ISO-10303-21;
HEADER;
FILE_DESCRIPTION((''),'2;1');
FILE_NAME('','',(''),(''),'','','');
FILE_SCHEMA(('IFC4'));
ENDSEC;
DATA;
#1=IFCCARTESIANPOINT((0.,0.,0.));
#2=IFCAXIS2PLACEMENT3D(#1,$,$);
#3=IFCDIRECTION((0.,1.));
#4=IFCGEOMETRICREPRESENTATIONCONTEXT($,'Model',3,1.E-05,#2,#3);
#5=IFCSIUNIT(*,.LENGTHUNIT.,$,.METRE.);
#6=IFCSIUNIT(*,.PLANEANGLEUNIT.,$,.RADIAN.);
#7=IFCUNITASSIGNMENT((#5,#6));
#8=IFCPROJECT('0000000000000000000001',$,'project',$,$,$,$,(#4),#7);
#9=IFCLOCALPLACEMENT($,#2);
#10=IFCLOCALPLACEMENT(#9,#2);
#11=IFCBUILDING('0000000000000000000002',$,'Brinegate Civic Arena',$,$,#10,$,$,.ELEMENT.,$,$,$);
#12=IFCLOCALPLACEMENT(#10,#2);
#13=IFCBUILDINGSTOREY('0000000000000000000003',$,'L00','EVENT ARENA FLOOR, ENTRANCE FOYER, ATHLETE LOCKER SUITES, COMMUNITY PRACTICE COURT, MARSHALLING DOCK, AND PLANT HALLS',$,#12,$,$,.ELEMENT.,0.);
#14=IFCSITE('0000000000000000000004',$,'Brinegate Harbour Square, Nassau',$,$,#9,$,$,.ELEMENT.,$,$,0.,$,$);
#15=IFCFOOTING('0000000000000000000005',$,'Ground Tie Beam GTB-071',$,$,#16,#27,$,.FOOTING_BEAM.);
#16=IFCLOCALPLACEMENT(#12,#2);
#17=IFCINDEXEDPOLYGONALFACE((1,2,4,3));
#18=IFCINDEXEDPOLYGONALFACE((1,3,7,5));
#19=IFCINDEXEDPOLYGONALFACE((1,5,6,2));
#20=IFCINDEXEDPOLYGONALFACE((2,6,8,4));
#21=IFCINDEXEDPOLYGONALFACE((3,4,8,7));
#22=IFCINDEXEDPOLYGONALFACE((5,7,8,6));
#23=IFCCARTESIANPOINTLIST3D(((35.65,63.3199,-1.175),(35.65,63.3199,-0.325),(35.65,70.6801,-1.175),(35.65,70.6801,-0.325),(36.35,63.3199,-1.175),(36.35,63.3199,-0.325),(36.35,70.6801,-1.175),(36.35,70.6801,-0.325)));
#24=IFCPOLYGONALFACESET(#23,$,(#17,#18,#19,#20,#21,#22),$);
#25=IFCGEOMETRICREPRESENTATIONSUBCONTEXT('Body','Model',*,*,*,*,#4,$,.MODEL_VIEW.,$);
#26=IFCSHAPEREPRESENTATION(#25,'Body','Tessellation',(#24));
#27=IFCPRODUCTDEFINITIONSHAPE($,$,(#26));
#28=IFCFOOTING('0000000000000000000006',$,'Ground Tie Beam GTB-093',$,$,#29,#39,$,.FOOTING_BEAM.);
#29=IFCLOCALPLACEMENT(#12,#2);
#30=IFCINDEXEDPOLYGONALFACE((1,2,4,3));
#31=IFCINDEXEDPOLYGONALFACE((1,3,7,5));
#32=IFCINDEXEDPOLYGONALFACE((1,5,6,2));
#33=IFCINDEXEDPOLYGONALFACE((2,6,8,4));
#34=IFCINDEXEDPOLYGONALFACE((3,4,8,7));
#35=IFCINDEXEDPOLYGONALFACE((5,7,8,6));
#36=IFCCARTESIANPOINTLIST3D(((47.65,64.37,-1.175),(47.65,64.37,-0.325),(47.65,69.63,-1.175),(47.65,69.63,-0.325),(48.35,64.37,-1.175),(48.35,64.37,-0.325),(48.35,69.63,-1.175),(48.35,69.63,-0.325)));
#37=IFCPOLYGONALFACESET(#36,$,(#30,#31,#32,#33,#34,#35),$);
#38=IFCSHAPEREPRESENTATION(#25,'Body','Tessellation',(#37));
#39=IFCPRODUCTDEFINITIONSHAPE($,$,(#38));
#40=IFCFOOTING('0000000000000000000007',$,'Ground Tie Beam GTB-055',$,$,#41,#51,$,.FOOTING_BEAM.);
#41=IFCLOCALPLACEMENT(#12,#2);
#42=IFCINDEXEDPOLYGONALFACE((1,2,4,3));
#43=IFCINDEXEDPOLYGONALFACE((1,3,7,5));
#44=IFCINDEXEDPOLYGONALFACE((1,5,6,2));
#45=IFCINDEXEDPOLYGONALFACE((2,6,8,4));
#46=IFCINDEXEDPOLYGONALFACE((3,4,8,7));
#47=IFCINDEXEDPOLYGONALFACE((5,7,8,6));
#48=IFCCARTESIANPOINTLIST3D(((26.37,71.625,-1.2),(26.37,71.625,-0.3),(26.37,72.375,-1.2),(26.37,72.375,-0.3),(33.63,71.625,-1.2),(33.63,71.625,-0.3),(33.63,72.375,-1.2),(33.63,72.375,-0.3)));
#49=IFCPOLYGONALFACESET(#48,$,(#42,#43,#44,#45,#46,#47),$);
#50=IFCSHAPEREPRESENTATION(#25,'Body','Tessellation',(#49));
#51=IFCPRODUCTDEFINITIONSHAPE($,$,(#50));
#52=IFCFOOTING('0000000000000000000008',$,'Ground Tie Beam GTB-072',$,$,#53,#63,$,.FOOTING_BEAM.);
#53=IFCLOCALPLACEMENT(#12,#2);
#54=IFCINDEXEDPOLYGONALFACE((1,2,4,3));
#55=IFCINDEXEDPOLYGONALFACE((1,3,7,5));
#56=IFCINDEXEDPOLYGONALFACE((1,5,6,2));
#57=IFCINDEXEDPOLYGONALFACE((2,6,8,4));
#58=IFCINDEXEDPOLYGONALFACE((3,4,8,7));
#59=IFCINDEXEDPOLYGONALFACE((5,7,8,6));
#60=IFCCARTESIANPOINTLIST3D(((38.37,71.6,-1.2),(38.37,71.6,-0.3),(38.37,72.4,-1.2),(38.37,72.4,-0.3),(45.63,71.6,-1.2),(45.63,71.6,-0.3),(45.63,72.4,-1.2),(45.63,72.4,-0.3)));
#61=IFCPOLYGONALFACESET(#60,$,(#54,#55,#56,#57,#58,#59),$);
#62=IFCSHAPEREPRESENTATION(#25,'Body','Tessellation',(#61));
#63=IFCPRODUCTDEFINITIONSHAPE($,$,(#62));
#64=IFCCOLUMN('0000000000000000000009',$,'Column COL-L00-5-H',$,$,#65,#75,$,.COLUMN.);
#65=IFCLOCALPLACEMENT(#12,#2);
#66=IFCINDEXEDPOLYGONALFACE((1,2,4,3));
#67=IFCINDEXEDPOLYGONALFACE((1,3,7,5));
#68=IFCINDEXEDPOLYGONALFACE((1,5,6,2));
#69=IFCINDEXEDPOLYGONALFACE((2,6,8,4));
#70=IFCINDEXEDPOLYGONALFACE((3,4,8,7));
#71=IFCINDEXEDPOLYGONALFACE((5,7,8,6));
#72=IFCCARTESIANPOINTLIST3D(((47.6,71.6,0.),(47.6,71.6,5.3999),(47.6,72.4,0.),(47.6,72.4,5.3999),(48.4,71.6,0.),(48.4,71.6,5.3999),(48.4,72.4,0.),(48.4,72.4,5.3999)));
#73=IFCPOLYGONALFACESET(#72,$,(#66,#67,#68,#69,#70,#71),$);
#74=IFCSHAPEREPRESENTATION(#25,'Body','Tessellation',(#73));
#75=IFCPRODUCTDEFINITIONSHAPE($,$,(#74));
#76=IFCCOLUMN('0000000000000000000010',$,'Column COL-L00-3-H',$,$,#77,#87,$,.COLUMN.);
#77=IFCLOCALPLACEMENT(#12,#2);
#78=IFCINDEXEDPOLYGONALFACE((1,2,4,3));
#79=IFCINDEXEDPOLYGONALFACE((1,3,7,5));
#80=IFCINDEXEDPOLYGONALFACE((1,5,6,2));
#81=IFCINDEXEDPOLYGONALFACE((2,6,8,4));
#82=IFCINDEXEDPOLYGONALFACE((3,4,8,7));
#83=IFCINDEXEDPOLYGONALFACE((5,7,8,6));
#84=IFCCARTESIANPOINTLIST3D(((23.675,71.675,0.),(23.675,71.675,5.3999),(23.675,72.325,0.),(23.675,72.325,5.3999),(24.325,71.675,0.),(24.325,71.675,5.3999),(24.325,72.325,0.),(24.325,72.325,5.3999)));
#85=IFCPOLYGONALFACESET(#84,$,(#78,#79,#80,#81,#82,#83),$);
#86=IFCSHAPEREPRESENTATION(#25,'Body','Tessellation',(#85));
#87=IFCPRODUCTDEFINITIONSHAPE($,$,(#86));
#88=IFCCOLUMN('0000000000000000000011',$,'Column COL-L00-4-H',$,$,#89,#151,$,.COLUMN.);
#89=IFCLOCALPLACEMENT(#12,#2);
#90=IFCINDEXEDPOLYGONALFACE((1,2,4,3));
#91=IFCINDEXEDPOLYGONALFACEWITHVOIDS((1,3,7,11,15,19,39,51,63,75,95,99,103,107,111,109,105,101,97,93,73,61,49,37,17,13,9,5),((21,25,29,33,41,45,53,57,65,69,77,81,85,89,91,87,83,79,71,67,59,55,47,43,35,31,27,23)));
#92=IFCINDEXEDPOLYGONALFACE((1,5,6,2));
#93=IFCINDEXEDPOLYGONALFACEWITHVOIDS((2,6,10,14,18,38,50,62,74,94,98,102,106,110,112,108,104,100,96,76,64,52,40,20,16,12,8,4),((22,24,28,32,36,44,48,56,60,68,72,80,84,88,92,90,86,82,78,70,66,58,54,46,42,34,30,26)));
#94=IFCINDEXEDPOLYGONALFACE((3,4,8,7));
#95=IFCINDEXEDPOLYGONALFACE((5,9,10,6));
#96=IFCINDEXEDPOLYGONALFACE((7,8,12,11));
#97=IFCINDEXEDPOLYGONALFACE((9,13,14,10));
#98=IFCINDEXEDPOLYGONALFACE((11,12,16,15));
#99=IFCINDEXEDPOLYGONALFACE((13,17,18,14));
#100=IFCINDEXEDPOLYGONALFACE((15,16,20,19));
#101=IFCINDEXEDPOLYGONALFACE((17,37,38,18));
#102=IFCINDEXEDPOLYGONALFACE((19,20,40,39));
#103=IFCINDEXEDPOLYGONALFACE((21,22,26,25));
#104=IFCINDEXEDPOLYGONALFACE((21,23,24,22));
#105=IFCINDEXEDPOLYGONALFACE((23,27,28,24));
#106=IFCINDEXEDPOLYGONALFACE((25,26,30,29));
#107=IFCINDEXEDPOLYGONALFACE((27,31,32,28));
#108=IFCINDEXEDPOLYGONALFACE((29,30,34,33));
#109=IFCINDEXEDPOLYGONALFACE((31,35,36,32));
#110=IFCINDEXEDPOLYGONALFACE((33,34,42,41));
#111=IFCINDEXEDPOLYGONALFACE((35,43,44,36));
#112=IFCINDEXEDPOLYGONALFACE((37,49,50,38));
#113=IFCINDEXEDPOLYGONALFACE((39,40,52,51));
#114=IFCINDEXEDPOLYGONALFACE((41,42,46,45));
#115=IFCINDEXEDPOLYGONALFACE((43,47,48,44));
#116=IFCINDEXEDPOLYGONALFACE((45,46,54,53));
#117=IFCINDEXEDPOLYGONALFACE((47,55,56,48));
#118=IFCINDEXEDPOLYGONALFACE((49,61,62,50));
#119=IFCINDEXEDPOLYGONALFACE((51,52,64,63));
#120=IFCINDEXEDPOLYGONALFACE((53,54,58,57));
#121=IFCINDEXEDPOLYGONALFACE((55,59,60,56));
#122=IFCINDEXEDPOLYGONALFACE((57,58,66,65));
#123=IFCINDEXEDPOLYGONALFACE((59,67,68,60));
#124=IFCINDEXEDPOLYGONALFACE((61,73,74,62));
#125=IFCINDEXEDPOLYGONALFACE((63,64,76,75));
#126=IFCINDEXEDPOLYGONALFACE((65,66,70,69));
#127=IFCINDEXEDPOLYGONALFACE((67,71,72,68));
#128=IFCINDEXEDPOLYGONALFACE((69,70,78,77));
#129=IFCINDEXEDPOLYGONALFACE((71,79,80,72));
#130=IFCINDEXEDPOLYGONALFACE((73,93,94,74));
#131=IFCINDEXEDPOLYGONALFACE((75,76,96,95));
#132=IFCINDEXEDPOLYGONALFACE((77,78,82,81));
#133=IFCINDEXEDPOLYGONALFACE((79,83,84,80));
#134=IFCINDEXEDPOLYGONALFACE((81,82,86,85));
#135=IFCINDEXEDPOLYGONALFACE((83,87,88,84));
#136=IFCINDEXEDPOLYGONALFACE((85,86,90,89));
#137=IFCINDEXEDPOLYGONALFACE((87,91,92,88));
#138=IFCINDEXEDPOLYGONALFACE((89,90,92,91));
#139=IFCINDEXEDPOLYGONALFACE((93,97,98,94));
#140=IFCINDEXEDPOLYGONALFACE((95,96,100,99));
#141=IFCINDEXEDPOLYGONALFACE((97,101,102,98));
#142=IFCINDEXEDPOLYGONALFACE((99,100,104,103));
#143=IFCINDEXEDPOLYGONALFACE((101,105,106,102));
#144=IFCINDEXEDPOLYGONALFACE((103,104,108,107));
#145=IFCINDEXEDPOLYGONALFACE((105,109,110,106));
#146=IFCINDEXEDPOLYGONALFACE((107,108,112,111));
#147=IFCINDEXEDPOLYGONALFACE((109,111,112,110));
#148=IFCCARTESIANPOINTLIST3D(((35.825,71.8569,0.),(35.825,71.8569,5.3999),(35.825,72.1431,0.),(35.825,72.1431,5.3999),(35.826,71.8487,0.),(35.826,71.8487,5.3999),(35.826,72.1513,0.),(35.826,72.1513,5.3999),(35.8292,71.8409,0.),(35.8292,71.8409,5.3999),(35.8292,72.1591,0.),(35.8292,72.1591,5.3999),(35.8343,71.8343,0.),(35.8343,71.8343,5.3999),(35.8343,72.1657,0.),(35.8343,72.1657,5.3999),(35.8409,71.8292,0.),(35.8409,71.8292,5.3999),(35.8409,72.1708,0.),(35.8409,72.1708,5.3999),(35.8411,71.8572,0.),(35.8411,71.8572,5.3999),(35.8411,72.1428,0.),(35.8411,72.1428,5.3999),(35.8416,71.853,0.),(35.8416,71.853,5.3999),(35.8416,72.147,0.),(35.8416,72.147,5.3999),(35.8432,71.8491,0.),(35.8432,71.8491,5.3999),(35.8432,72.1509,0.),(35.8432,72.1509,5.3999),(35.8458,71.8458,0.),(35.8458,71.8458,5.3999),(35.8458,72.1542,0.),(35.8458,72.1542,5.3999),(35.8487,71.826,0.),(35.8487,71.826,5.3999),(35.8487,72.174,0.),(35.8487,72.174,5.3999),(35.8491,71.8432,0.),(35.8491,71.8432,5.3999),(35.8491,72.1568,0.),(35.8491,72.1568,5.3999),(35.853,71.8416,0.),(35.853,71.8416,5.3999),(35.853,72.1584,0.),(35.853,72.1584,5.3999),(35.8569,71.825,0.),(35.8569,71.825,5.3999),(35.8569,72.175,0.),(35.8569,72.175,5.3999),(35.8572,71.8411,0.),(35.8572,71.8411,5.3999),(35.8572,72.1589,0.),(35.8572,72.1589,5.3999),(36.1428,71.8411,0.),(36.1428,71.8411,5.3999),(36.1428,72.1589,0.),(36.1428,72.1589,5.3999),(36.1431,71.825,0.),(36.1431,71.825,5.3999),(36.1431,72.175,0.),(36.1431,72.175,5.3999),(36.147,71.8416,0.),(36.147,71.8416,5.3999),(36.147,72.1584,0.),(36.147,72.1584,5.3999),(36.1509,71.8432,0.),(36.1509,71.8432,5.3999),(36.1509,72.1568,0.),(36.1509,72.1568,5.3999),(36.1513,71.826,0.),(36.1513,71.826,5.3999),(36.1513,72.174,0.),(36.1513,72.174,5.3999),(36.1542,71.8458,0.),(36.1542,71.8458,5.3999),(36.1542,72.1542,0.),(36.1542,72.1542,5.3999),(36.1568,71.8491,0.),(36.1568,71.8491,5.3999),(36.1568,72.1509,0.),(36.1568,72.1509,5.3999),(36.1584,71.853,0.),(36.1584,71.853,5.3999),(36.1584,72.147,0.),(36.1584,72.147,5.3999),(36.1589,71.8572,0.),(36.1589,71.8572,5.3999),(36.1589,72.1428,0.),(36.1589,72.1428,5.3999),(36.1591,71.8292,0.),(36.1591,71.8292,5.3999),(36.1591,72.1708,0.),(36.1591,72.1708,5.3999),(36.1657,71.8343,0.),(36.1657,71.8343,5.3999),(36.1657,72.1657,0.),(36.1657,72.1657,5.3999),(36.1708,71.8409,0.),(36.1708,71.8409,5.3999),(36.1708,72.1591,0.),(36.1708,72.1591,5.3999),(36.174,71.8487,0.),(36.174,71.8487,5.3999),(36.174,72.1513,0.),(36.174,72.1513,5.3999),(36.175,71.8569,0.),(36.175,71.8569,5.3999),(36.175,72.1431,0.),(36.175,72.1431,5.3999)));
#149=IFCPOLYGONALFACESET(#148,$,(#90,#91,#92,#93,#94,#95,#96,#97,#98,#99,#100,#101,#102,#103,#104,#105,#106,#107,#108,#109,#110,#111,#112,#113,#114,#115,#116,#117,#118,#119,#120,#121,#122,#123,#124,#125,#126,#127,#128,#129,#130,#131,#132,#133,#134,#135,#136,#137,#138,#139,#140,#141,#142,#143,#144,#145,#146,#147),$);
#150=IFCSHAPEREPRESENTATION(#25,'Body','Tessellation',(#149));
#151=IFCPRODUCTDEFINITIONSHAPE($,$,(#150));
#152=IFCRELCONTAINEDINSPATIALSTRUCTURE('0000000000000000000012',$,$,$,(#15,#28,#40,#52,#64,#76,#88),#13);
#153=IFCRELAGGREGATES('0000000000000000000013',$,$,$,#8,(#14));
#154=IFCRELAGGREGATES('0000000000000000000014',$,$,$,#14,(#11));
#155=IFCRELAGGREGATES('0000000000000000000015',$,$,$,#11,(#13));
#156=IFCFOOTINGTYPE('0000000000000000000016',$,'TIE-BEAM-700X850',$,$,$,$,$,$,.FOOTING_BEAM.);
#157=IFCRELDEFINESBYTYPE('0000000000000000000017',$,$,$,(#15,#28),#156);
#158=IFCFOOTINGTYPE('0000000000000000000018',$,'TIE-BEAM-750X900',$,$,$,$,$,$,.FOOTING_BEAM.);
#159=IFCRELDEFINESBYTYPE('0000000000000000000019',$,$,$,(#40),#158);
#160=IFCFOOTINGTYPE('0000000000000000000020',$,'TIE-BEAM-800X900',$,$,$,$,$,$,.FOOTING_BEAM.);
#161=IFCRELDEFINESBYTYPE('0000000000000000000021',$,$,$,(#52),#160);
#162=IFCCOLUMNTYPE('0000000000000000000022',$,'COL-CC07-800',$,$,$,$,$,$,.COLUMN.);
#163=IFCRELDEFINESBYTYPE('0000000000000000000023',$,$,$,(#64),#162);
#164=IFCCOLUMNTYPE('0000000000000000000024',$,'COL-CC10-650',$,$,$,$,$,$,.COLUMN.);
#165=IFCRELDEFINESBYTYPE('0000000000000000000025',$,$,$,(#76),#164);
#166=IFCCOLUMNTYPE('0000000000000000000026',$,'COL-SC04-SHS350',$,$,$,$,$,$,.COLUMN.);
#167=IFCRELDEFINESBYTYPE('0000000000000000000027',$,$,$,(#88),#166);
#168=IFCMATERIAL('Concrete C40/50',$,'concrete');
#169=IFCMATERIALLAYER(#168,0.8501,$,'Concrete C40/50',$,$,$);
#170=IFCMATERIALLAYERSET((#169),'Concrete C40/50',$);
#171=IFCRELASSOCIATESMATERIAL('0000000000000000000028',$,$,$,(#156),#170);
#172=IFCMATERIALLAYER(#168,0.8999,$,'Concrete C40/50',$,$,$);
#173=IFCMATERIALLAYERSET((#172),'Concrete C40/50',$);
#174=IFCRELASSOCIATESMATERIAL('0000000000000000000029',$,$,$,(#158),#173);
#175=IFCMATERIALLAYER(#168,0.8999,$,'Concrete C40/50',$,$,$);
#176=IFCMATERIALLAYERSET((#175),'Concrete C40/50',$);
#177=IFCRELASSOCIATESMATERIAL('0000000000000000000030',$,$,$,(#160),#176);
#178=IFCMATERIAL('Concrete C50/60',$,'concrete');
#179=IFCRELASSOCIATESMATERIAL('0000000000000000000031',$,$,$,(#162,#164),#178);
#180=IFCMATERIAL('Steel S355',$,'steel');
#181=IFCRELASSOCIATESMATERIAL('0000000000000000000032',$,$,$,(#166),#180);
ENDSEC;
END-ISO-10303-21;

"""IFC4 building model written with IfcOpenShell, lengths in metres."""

from ifc_helpers import new_model, si_unit, direction, frame, origin, origin_2d, place, context, subcontext, project, spatial, rectangle, hollow_rectangle, extrude, material, layer, layer_set, material_profile, profile_set, type_object, element, save


model = new_model("IFC4")

# Units and contexts
model_context = context("Model", 3, precision=1e-05, world=origin(), true_north=direction((0.0, 1.0)))
body_context = subcontext(model_context, "Body", "Model", "MODEL_VIEW")
ifc_project = project(units=[si_unit("LENGTHUNIT", "METRE"), si_unit("PLANEANGLEUNIT", "RADIAN")], contexts=[model_context])

# Site, building, storey
site_placement = place(None, origin())
site = spatial("IfcSite", under=ifc_project, at=site_placement, Name="Brinegate Harbour Square, Nassau", CompositionType="ELEMENT", RefElevation=0.0)
building_placement = place(site_placement, origin())
building = spatial("IfcBuilding", under=site, at=building_placement, Name="Brinegate Civic Arena", CompositionType="ELEMENT")
storey_placement = place(building_placement, origin())
storey = spatial("IfcBuildingStorey", under=building, at=storey_placement, Name="L00", Description="EVENT ARENA FLOOR, ENTRANCE FOYER, ATHLETE LOCKER SUITES, COMMUNITY PRACTICE COURT, MARSHALLING DOCK, AND PLANT HALLS", CompositionType="ELEMENT", Elevation=0.0)

# Shared definitions
ifc_material_1 = material(Name="Concrete C40/50", Category="concrete")

# Footings
ifc_layer_1 = layer(ifc_material_1, 0.8501, Name="Concrete C40/50")
ifc_layer_set_1 = layer_set([ifc_layer_1], Name="Concrete C40/50")
footing_type_1 = type_object("IfcFootingType", Name="TIE-BEAM-700X850", PredefinedType="FOOTING_BEAM", material=ifc_layer_set_1)
footing_1_placement = place(storey_placement, frame((36.0, 67.0, -1.175), z_axis=(0.0, 0.0, 1.0), x_axis=(0.0, 1.0, 0.0)))
element("IfcFooting", 1, at=footing_1_placement, inside=storey, type_object=footing_type_1, Name="Ground Tie Beam GTB-071", PredefinedType="FOOTING_BEAM", context=body_context, shape_type="SweptSolid", body=[
    extrude(rectangle(XDim=7.3601, YDim=0.7, at=origin_2d()), origin(), (0.0, 0.0, 1.0), 0.8501),
])
footing_2_placement = place(storey_placement, frame((48.0, 67.0, -1.175), z_axis=(0.0, 0.0, 1.0), x_axis=(0.0, 1.0, 0.0)))
element("IfcFooting", 2, at=footing_2_placement, inside=storey, type_object=footing_type_1, Name="Ground Tie Beam GTB-093", PredefinedType="FOOTING_BEAM", context=body_context, shape_type="SweptSolid", body=[
    extrude(rectangle(XDim=5.26, YDim=0.7, at=origin_2d()), origin(), (0.0, 0.0, 1.0), 0.8501),
])
ifc_layer_2 = layer(ifc_material_1, 0.8999, Name="Concrete C40/50")
ifc_layer_set_2 = layer_set([ifc_layer_2], Name="Concrete C40/50")
footing_type_2 = type_object("IfcFootingType", Name="TIE-BEAM-750X900", PredefinedType="FOOTING_BEAM", material=ifc_layer_set_2)
footing_3_placement = place(storey_placement, frame((30.0, 72.0, -1.2), z_axis=(0.0, 0.0, 1.0), x_axis=(1.0, 0.0, 0.0)))
element("IfcFooting", 3, at=footing_3_placement, inside=storey, type_object=footing_type_2, Name="Ground Tie Beam GTB-055", PredefinedType="FOOTING_BEAM", context=body_context, shape_type="SweptSolid", body=[
    extrude(rectangle(XDim=7.26, YDim=0.75, at=origin_2d()), origin(), (0.0, 0.0, 1.0), 0.8999),
])
ifc_layer_3 = layer(ifc_material_1, 0.8999, Name="Concrete C40/50")
ifc_layer_set_3 = layer_set([ifc_layer_3], Name="Concrete C40/50")
footing_type_3 = type_object("IfcFootingType", Name="TIE-BEAM-800X900", PredefinedType="FOOTING_BEAM", material=ifc_layer_set_3)
footing_4_placement = place(storey_placement, frame((42.0, 72.0, -1.2), z_axis=(0.0, 0.0, 1.0), x_axis=(1.0, 0.0, 0.0)))
element("IfcFooting", 4, at=footing_4_placement, inside=storey, type_object=footing_type_3, Name="Ground Tie Beam GTB-072", PredefinedType="FOOTING_BEAM", context=body_context, shape_type="SweptSolid", body=[
    extrude(rectangle(XDim=7.26, YDim=0.8, at=origin_2d()), origin(), (0.0, 0.0, 1.0), 0.8999),
])

# Columns
ifc_material_2 = material(Name="Concrete C50/60", Category="concrete")
ifc_material_profile_1 = material_profile(ifc_material_2, rectangle(XDim=0.8, YDim=0.8, at=origin_2d()), Name="RC800X800")
ifc_profile_set_1 = profile_set([ifc_material_profile_1], Name="Concrete C50/60")
column_type_1 = type_object("IfcColumnType", Name="COL-CC07-800", PredefinedType="COLUMN", material=ifc_profile_set_1)
column_1_placement = place(storey_placement, frame((48.0, 72.0, 0.0), z_axis=(0.0, 0.0, 1.0), x_axis=(1.0, 0.0, 0.0)))
element("IfcColumn", 5, at=column_1_placement, inside=storey, type_object=column_type_1, Name="Column COL-L00-5-H", PredefinedType="COLUMN", context=body_context, shape_type="SweptSolid", body=[
    extrude(rectangle(XDim=0.8, YDim=0.8, at=origin_2d()), origin(), (0.0, 0.0, 1.0), 5.3999),
])
ifc_material_profile_2 = material_profile(ifc_material_2, rectangle(XDim=0.6499, YDim=0.6499, at=origin_2d()), Name="RC650X650")
ifc_profile_set_2 = profile_set([ifc_material_profile_2], Name="Concrete C50/60")
column_type_2 = type_object("IfcColumnType", Name="COL-CC10-650", PredefinedType="COLUMN", material=ifc_profile_set_2)
column_2_placement = place(storey_placement, frame((24.0, 72.0, 0.0), z_axis=(0.0, 0.0, 1.0), x_axis=(1.0, 0.0, 0.0)))
element("IfcColumn", 6, at=column_2_placement, inside=storey, type_object=column_type_2, Name="Column COL-L00-3-H", PredefinedType="COLUMN", context=body_context, shape_type="SweptSolid", body=[
    extrude(rectangle(XDim=0.6499, YDim=0.6499, at=origin_2d()), origin(), (0.0, 0.0, 1.0), 5.3999),
])
ifc_material_3 = material(Name="Steel S355", Category="steel")
ifc_material_profile_3 = material_profile(ifc_material_3, hollow_rectangle(XDim=0.3501, YDim=0.3501, WallThickness=0.0161, InnerFilletRadius=0.0161, OuterFilletRadius=0.032, at=origin_2d()), Name="SHS350X16")
ifc_profile_set_3 = profile_set([ifc_material_profile_3], Name="Steel S355")
column_type_3 = type_object("IfcColumnType", Name="COL-SC04-SHS350", PredefinedType="COLUMN", material=ifc_profile_set_3)
column_3_placement = place(storey_placement, frame((36.0, 72.0, 0.0), z_axis=(0.0, 0.0, 1.0), x_axis=(1.0, 0.0, 0.0)))
element("IfcColumn", 7, at=column_3_placement, inside=storey, type_object=column_type_3, Name="Column COL-L00-4-H", PredefinedType="COLUMN", context=body_context, shape_type="SweptSolid", body=[
    extrude(hollow_rectangle(XDim=0.3501, YDim=0.3501, WallThickness=0.0161, InnerFilletRadius=0.0161, OuterFilletRadius=0.032, at=origin_2d()), origin(), (0.0, 0.0, 1.0), 5.3999),
])

save(model, "model.ifc")
